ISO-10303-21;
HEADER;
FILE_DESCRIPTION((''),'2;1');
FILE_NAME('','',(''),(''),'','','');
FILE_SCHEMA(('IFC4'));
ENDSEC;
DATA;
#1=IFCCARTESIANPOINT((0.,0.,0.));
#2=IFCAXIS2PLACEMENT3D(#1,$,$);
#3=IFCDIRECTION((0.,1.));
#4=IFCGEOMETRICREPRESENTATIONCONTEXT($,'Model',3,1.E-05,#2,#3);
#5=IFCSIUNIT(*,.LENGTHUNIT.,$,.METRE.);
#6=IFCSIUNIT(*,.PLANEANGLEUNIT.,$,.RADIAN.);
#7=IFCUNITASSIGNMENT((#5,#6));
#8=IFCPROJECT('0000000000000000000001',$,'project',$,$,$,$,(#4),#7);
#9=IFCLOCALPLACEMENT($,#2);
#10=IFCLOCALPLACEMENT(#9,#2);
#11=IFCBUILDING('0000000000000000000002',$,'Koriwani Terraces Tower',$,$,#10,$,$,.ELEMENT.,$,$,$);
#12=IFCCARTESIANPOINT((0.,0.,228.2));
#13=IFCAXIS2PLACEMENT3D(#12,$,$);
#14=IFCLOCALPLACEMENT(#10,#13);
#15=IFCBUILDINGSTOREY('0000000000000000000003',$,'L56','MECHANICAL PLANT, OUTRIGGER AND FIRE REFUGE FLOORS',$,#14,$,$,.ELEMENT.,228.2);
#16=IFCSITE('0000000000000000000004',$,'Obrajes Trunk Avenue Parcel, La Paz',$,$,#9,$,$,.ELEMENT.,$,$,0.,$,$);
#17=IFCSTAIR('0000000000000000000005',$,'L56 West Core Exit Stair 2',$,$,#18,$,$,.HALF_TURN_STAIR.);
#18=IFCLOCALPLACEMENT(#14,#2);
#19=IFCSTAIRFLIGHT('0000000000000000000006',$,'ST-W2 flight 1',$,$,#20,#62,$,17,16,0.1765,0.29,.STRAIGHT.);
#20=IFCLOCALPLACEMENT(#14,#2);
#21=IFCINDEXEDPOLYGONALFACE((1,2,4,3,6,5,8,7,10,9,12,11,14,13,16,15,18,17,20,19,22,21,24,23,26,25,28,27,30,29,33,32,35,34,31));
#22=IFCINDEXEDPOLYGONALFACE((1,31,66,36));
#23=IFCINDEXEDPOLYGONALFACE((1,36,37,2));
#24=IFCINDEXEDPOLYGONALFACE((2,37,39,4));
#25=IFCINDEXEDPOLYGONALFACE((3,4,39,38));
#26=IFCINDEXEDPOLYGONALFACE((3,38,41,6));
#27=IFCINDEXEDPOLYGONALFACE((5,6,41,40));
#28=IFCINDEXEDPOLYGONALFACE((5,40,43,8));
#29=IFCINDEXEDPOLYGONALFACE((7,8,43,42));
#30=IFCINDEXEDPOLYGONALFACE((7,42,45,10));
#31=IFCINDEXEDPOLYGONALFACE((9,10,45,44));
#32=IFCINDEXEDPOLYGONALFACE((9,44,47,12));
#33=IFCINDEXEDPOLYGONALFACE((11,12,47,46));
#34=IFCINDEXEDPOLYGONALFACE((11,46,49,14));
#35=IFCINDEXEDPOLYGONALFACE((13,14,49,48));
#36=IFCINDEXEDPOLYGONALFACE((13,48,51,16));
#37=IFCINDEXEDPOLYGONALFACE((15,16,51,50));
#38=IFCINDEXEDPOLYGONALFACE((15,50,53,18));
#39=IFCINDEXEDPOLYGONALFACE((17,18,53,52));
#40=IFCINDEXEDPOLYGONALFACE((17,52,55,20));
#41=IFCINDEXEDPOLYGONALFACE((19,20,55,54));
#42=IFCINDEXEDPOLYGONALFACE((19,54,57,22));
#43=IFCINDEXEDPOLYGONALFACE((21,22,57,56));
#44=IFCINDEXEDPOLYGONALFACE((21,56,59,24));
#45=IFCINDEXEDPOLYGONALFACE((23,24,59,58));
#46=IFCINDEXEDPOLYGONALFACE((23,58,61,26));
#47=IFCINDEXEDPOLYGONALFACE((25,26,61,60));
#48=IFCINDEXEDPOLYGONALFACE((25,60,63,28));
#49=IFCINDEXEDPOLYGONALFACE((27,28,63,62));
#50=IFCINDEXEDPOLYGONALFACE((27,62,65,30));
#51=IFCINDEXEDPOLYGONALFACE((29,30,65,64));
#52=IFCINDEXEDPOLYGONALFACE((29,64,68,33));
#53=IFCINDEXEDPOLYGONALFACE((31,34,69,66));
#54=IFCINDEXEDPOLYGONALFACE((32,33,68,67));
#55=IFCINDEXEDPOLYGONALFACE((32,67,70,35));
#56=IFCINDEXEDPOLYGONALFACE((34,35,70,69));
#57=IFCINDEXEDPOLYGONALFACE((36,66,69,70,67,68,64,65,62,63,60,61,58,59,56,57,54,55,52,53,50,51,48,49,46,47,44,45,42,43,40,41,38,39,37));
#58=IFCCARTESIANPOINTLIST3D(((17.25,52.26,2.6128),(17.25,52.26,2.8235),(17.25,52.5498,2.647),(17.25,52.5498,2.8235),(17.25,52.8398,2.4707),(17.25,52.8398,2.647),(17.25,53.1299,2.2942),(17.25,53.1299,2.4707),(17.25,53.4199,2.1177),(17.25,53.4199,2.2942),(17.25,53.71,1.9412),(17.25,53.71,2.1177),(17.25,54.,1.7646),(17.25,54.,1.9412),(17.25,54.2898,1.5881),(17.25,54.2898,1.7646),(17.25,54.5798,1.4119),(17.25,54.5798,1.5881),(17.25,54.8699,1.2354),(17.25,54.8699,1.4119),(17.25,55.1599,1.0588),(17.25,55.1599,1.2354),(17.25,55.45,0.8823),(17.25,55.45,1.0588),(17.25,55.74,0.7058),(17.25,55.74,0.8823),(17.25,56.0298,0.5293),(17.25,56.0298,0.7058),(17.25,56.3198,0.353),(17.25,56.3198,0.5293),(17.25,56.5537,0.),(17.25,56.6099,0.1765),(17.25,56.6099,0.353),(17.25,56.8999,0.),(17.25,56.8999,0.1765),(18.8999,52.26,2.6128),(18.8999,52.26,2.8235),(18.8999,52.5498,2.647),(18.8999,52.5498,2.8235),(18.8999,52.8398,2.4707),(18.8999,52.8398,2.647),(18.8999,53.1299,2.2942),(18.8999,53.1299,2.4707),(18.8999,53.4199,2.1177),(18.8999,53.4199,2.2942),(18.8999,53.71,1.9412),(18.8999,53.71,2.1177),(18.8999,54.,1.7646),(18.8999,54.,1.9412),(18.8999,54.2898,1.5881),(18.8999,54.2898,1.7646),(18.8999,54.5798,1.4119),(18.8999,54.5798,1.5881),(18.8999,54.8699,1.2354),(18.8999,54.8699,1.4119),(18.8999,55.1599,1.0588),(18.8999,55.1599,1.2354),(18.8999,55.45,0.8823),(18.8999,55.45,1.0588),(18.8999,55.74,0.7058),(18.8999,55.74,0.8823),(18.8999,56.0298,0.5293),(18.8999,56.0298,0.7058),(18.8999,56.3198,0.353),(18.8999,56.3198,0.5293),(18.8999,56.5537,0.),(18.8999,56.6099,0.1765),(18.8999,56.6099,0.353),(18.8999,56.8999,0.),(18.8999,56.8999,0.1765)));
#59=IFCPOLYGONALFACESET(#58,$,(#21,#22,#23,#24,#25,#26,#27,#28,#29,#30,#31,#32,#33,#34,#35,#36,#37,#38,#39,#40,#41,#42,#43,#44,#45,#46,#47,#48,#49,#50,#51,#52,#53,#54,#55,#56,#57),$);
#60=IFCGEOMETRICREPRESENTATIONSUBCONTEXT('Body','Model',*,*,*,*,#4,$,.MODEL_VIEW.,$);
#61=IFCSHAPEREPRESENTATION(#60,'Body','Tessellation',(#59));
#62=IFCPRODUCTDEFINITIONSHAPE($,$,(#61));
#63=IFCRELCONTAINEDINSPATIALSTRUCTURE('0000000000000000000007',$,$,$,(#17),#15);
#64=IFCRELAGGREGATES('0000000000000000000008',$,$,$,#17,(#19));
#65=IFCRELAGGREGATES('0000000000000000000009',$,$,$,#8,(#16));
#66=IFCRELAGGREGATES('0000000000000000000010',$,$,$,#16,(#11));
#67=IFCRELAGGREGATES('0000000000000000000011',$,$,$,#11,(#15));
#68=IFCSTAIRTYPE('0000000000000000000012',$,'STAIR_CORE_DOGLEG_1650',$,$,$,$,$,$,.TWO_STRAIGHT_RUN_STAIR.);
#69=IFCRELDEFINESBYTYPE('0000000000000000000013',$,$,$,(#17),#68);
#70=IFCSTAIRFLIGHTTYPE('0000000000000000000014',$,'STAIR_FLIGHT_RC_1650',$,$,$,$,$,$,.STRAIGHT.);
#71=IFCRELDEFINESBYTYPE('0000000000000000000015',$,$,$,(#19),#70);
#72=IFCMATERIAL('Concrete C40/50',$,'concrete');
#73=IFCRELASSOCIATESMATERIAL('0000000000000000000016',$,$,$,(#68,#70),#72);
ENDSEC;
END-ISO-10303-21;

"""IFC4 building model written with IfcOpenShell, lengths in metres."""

from ifc_helpers import new_model, si_unit, direction, frame, origin, place, context, subcontext, project, spatial, polyline, outline, extrude, material, type_object, element, aggregate, save


model = new_model("IFC4")

# Units and contexts
model_context = context("Model", 3, precision=1e-05, world=origin(), true_north=direction((0.0, 1.0)))
body_context = subcontext(model_context, "Body", "Model", "MODEL_VIEW")
ifc_project = project(units=[si_unit("LENGTHUNIT", "METRE"), si_unit("PLANEANGLEUNIT", "RADIAN")], contexts=[model_context])

# Site, building, storey
site_placement = place(None, origin())
site = spatial("IfcSite", under=ifc_project, at=site_placement, Name="Obrajes Trunk Avenue Parcel, La Paz", CompositionType="ELEMENT", RefElevation=0.0)
building_placement = place(site_placement, origin())
building = spatial("IfcBuilding", under=site, at=building_placement, Name="Koriwani Terraces Tower", CompositionType="ELEMENT")
storey_placement = place(building_placement, frame((0.0, 0.0, 228.2)))
storey = spatial("IfcBuildingStorey", under=building, at=storey_placement, Name="L56", Description="MECHANICAL PLANT, OUTRIGGER AND FIRE REFUGE FLOORS", CompositionType="ELEMENT", Elevation=228.2)

# Shared definitions
ifc_material_1 = material(Name="Concrete C40/50", Category="concrete")

# Stair, stair flight
stair_type = type_object("IfcStairType", Name="STAIR_CORE_DOGLEG_1650", PredefinedType="TWO_STRAIGHT_RUN_STAIR", material=ifc_material_1)
stair_placement = place(storey_placement, origin())
stair = element("IfcStair", 1, at=stair_placement, inside=storey, type_object=stair_type, Name="L56 West Core Exit Stair 2", PredefinedType="HALF_TURN_STAIR")
stair_flight_type = type_object("IfcStairFlightType", Name="STAIR_FLIGHT_RC_1650", PredefinedType="STRAIGHT", material=ifc_material_1)
stair_flight_placement = place(storey_placement, frame((18.075, 56.8999, 0.0), z_axis=(0.0, 0.0, 1.0), x_axis=(0.0, -1.0, 0.0)))
stair_flight = element("IfcStairFlight", 2, at=stair_flight_placement, type_object=stair_flight_type, Name="ST-W2 flight 1", NumberOfRisers=17, NumberOfTreads=16, PredefinedType="STRAIGHT", RiserHeight=0.1765, TreadLength=0.29, context=body_context, shape_type="SweptSolid", body=[
    extrude(outline(polyline([(0.0, 0.0), (0.0, 0.1765), (0.29, 0.1765), (0.29, 0.353), (0.5801, 0.353), (0.5801, 0.5293), (0.8701, 0.5293), (0.8701, 0.7058), (1.1599, 0.7058), (1.1599, 0.8823), (1.45, 0.8823), (1.45, 1.0588), (1.74, 1.0588), (1.74, 1.2354), (2.03, 1.2354), (2.03, 1.4119), (2.3201, 1.4119), (2.3201, 1.5881), (2.6101, 1.5881), (2.6101, 1.7646), (2.8999, 1.7646), (2.8999, 1.9412), (3.1899, 1.9412), (3.1899, 2.1177), (3.48, 2.1177), (3.48, 2.2942), (3.77, 2.2942), (3.77, 2.4707), (4.0601, 2.4707), (4.0601, 2.647), (4.3501, 2.647), (4.3501, 2.8235), (4.6399, 2.8235), (4.6399, 3.0), (4.6399, 2.6128), (0.3462, 0.0), (0.0, 0.0)])), frame((0.0, 0.825, 0.0), z_axis=(0.0, -1.0, 0.0), x_axis=(1.0, 0.0, 0.0)), (0.0, 0.0, 1.0), 1.6499),
])
aggregate(stair, [stair_flight])

save(model, "model.ifc")
